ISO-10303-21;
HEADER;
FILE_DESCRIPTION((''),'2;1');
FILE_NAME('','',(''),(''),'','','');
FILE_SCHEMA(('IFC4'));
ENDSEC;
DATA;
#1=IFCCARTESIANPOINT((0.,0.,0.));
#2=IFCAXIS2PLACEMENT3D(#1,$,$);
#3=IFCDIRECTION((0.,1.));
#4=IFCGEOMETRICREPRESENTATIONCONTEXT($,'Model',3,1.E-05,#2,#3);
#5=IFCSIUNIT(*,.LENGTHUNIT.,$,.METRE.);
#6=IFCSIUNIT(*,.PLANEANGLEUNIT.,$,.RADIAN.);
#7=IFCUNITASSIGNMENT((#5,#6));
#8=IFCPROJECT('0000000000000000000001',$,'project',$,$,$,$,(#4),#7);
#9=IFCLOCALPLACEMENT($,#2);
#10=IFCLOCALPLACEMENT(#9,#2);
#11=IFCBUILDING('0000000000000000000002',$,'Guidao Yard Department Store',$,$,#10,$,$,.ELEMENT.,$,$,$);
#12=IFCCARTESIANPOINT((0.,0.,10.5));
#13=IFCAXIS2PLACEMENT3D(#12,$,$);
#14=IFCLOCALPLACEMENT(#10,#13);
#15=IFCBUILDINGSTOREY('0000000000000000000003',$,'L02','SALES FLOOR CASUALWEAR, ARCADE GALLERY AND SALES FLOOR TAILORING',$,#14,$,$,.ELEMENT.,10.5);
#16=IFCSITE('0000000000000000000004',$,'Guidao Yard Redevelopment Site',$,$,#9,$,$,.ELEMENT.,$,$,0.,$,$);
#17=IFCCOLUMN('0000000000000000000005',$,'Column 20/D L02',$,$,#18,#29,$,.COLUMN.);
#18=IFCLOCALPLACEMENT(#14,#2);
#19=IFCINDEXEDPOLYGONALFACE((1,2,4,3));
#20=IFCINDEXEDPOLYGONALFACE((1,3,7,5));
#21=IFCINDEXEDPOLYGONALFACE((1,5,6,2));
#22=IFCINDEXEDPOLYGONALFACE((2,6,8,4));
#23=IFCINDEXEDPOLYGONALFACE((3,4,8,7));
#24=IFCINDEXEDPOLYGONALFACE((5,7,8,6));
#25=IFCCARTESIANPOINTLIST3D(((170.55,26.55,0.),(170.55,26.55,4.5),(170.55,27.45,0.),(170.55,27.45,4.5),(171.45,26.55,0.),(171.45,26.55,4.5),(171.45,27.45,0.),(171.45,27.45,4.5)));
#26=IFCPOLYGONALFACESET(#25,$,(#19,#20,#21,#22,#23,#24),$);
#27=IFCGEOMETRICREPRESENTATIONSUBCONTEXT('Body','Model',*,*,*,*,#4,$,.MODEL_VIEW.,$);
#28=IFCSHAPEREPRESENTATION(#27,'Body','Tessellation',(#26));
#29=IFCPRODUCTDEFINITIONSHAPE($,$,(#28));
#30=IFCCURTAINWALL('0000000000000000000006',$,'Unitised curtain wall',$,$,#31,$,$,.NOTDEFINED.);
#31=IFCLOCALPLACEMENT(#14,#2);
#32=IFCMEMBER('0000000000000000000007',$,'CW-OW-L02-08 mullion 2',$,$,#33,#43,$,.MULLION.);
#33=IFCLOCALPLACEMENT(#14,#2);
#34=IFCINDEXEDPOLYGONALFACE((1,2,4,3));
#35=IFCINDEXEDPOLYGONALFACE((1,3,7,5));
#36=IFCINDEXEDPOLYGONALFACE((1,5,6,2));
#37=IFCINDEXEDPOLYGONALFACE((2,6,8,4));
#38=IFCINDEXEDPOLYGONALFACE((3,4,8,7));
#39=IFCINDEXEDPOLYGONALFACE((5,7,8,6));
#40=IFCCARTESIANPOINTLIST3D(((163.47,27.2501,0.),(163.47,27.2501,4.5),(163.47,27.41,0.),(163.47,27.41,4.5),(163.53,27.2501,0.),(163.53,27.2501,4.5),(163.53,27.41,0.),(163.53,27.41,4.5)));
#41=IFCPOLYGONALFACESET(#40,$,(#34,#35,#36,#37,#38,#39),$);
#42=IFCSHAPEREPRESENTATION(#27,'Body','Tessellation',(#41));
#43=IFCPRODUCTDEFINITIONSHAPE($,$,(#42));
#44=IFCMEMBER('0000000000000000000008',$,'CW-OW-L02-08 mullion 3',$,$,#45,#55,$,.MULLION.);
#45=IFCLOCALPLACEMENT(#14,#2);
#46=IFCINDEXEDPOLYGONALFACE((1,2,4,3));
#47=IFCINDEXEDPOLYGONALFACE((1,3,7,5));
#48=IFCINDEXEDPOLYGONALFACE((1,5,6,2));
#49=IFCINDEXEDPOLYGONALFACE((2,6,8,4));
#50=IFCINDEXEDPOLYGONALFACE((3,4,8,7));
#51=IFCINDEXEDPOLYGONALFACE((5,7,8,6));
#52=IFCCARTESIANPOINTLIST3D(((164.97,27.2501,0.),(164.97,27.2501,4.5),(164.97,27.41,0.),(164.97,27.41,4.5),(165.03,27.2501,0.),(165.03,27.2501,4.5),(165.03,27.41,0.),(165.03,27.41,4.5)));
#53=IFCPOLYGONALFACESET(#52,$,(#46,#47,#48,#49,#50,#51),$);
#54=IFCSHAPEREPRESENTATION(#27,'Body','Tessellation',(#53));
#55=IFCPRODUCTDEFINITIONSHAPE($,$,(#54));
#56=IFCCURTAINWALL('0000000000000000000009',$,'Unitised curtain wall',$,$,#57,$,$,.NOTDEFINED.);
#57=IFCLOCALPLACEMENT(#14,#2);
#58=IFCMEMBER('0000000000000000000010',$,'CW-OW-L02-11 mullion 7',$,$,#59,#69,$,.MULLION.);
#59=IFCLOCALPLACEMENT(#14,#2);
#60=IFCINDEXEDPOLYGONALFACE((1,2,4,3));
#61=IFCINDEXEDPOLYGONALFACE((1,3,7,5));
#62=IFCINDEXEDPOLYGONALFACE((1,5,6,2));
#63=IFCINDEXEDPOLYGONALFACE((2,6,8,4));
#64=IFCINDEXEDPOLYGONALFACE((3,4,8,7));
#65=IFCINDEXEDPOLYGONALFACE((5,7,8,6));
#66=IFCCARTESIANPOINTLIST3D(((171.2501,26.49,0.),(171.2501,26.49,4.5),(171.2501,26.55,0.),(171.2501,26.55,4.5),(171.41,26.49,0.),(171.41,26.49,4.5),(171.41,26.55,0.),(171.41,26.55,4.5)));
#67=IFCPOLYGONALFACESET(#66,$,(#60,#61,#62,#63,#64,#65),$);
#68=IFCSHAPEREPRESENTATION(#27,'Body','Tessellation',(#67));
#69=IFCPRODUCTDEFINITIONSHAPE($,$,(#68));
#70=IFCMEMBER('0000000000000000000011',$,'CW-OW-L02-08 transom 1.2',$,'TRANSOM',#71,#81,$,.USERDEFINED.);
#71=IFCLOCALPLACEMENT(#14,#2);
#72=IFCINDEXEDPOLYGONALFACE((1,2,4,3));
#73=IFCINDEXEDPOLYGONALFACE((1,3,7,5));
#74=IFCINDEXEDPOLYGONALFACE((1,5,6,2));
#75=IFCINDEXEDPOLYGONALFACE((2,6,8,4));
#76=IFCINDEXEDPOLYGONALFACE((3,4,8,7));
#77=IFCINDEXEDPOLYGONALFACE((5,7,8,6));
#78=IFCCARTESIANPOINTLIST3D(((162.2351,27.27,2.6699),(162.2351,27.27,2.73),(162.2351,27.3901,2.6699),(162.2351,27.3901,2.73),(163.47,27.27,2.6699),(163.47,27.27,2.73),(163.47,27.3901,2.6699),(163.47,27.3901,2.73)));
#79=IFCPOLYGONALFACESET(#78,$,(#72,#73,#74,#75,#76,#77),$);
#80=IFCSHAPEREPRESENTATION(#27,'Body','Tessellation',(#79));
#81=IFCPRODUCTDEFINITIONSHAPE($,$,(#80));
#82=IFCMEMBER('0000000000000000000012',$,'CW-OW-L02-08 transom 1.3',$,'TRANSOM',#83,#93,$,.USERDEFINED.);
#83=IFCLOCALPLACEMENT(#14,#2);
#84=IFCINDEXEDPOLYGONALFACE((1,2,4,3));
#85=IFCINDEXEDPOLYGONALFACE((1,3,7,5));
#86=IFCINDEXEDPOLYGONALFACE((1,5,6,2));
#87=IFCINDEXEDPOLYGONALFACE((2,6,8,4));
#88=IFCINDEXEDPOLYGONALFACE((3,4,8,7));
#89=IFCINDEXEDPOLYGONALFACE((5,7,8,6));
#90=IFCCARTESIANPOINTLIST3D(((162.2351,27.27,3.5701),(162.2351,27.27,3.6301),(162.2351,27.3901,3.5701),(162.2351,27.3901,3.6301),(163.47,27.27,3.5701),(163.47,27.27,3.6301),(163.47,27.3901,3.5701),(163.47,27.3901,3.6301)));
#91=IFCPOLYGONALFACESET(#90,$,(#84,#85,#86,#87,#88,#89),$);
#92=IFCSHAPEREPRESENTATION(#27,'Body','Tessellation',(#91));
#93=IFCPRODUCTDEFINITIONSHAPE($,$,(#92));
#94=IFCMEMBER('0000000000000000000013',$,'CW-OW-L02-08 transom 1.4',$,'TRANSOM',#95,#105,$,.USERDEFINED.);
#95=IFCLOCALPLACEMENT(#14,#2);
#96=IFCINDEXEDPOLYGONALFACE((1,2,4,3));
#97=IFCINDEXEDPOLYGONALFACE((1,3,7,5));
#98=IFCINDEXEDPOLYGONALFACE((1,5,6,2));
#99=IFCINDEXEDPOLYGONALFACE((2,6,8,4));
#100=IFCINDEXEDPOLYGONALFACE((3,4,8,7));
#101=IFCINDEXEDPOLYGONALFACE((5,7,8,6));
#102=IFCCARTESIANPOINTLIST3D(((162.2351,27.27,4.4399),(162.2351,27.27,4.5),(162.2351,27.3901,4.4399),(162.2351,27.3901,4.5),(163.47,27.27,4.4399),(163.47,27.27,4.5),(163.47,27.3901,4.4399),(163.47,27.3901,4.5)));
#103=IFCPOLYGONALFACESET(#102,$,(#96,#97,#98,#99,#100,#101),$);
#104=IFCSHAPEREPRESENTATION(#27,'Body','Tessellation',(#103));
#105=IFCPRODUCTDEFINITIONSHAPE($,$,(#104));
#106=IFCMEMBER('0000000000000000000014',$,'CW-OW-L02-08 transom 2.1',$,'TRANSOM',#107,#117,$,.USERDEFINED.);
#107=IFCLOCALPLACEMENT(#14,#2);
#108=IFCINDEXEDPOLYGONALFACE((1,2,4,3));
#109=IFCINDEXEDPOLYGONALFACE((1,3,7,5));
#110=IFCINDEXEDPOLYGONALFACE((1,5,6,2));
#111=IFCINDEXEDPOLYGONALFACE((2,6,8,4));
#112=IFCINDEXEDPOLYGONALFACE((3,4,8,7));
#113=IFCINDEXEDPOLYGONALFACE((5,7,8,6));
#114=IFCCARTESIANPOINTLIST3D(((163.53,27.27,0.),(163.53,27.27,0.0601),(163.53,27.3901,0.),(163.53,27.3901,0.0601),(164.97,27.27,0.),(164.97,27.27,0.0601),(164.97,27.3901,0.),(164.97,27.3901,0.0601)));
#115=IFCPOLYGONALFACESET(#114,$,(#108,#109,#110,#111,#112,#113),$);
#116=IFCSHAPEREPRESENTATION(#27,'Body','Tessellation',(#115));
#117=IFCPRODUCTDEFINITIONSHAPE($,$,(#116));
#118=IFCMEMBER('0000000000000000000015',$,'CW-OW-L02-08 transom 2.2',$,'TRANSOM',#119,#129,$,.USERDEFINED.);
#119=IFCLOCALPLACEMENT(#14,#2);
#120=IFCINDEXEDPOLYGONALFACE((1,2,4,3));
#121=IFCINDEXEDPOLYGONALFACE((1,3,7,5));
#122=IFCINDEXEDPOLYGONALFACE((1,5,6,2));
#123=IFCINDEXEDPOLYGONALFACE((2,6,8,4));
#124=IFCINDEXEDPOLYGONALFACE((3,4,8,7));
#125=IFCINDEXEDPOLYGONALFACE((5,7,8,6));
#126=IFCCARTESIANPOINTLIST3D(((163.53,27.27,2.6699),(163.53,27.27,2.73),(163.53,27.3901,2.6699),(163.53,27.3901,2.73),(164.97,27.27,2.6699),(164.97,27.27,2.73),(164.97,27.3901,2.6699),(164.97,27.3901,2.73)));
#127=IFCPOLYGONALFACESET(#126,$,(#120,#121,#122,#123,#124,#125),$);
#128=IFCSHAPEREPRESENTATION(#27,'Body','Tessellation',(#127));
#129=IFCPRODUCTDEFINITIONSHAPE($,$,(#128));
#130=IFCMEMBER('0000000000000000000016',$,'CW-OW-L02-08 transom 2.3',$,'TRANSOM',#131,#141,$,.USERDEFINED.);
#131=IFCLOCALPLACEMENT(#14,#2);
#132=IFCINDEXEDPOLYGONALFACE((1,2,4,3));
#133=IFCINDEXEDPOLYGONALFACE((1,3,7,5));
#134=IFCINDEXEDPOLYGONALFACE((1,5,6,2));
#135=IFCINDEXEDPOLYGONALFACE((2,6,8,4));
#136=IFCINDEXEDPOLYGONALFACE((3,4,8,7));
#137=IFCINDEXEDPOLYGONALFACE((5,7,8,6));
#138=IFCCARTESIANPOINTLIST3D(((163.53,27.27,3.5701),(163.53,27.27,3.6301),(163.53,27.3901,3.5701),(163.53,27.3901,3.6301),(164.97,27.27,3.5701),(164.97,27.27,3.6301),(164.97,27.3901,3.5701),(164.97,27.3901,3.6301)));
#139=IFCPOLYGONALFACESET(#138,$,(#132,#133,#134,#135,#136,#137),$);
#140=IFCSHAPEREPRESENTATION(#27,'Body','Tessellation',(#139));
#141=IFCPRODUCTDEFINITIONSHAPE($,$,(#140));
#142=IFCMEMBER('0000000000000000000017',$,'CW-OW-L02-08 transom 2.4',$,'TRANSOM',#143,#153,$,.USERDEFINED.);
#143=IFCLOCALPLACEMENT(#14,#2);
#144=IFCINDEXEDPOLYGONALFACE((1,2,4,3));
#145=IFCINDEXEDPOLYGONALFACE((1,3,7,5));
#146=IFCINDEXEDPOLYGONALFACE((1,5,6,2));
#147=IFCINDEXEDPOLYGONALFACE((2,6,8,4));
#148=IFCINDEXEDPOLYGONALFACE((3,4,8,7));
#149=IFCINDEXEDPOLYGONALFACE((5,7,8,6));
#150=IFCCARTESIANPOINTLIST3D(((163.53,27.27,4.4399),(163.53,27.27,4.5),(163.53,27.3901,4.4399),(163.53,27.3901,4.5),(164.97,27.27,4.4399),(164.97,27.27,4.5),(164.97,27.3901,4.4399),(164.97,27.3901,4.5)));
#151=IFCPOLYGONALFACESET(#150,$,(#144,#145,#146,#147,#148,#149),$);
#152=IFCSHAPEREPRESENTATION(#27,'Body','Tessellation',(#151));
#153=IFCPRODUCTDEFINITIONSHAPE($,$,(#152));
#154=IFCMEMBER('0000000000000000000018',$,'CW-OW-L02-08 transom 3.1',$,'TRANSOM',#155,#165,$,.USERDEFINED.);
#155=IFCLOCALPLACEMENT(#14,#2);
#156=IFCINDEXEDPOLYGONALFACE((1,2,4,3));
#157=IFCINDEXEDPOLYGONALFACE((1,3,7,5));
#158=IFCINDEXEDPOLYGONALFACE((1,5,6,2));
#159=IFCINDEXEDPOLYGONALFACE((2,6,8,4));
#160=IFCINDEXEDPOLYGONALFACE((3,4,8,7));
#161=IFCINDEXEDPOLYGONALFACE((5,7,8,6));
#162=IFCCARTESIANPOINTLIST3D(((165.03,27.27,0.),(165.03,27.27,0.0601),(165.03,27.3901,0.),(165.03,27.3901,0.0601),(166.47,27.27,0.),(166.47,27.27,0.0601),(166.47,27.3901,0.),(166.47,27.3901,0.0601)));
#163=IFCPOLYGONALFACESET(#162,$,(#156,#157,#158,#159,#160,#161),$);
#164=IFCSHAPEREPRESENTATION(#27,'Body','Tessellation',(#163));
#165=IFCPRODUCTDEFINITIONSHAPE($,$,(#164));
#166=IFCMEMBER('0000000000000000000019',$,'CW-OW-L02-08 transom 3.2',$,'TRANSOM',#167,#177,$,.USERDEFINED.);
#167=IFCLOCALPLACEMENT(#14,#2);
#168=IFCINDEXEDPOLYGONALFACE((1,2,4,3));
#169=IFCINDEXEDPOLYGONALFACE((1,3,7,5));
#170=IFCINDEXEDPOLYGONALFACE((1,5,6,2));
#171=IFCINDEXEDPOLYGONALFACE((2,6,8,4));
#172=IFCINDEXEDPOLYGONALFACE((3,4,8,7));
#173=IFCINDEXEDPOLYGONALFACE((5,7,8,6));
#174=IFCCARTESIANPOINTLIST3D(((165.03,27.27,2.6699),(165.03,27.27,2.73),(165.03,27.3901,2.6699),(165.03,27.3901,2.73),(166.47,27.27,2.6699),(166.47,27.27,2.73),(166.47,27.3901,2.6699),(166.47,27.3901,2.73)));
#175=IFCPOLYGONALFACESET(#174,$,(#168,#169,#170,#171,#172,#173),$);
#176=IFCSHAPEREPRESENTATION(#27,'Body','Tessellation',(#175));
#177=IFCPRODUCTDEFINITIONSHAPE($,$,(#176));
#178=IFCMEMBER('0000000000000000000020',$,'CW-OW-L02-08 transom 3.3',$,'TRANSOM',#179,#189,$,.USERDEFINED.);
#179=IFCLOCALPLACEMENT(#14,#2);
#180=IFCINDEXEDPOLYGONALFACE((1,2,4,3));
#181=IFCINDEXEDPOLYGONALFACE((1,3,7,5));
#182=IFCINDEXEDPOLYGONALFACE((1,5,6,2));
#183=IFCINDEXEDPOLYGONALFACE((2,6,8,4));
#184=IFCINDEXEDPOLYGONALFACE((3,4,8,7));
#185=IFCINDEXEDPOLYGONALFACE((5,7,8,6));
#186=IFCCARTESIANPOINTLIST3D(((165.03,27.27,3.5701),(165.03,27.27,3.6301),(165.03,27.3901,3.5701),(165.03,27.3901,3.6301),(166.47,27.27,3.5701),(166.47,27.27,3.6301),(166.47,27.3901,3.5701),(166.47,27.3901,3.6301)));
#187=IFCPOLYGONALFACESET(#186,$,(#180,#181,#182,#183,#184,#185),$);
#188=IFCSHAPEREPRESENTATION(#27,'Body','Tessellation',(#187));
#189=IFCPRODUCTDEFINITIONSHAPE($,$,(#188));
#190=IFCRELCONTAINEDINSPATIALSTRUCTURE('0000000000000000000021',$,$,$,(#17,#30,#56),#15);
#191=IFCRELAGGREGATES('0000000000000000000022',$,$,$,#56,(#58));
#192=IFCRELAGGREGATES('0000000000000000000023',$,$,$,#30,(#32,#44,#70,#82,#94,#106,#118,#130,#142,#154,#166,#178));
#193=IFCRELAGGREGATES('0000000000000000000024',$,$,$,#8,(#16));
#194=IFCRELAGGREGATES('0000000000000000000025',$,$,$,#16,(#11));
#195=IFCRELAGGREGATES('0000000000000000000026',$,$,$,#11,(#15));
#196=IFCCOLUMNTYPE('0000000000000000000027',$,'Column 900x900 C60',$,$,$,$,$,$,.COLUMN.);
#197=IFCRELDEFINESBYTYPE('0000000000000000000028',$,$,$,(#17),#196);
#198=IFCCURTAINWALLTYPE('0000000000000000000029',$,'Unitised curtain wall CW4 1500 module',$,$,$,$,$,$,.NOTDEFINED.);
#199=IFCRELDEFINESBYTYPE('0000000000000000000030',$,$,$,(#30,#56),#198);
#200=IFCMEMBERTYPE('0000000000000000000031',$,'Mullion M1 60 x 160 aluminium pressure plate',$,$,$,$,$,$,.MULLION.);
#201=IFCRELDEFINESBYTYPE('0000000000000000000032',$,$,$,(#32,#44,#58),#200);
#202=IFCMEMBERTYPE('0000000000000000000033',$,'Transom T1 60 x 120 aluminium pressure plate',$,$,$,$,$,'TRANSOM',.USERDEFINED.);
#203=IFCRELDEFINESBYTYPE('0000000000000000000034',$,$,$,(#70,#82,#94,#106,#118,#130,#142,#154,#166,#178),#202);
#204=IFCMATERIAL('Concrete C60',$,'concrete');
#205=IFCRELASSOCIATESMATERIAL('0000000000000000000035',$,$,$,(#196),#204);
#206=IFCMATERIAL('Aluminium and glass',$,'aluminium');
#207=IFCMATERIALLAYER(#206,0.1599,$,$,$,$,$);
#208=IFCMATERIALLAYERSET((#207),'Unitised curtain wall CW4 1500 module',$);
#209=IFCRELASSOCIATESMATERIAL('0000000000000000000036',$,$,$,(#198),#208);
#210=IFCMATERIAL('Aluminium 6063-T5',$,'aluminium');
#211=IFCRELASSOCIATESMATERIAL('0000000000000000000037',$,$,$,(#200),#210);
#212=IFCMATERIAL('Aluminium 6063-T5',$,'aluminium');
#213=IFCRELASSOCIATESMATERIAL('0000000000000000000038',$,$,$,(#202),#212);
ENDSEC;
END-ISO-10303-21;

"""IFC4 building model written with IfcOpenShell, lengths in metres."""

from ifc_helpers import new_model, si_unit, direction, frame, origin, origin_2d, place, context, subcontext, project, spatial, rectangle, extrude, material, layer, layer_set, material_profile, profile_set, type_object, element, aggregate, save


model = new_model("IFC4")

# Units and contexts
model_context = context("Model", 3, precision=1e-05, world=origin(), true_north=direction((0.0, 1.0)))
body_context = subcontext(model_context, "Body", "Model", "MODEL_VIEW")
ifc_project = project(units=[si_unit("LENGTHUNIT", "METRE"), si_unit("PLANEANGLEUNIT", "RADIAN")], contexts=[model_context])

# Site, building, storey
site_placement = place(None, origin())
site = spatial("IfcSite", under=ifc_project, at=site_placement, Name="Guidao Yard Redevelopment Site", CompositionType="ELEMENT", RefElevation=0.0)
building_placement = place(site_placement, origin())
building = spatial("IfcBuilding", under=site, at=building_placement, Name="Guidao Yard Department Store", CompositionType="ELEMENT")
storey_placement = place(building_placement, frame((0.0, 0.0, 10.5)))
storey = spatial("IfcBuildingStorey", under=building, at=storey_placement, Name="L02", Description="SALES FLOOR CASUALWEAR, ARCADE GALLERY AND SALES FLOOR TAILORING", CompositionType="ELEMENT", Elevation=10.5)

# Column
ifc_material_1 = material(Name="Concrete C60", Category="concrete")
ifc_material_profile_1 = material_profile(ifc_material_1, rectangle(XDim=0.8999, YDim=0.8999, at=origin_2d()), Name="COL 900x900")
ifc_profile_set_1 = profile_set([ifc_material_profile_1], Name="Concrete C60")
column_type = type_object("IfcColumnType", Name="Column 900x900 C60", PredefinedType="COLUMN", material=ifc_profile_set_1)
column_placement = place(storey_placement, frame((171.0, 27.0, 0.0), z_axis=(0.0, 0.0, 1.0), x_axis=(1.0, 0.0, 0.0)))
element("IfcColumn", 1, at=column_placement, inside=storey, type_object=column_type, Name="Column 20/D L02", PredefinedType="COLUMN", context=body_context, shape_type="SweptSolid", body=[
    extrude(rectangle(XDim=0.8999, YDim=0.8999, at=origin_2d()), origin(), (0.0, 0.0, 1.0), 4.5),
])

# Curtain wall, members
ifc_material_2 = material(Name="Aluminium and glass", Category="aluminium")
ifc_layer_1 = layer(ifc_material_2, 0.1599)
ifc_layer_set_1 = layer_set([ifc_layer_1], Name="Unitised curtain wall CW4 1500 module")
curtain_wall_type = type_object("IfcCurtainWallType", Name="Unitised curtain wall CW4 1500 module", PredefinedType="NOTDEFINED", material=ifc_layer_set_1)
curtain_wall_1_placement = place(storey_placement, origin())
curtain_wall_1 = element("IfcCurtainWall", 2, at=curtain_wall_1_placement, inside=storey, type_object=curtain_wall_type, Name="Unitised curtain wall", PredefinedType="NOTDEFINED")
ifc_material_3 = material(Name="Aluminium 6063-T5", Category="aluminium")
ifc_material_profile_2 = material_profile(ifc_material_3, rectangle(XDim=0.0601, YDim=0.1599, at=origin_2d()), Name="Mullion M1 60 x 160 aluminium pressure plate")
ifc_profile_set_2 = profile_set([ifc_material_profile_2], Name="Aluminium 6063-T5")
member_type_1 = type_object("IfcMemberType", Name="Mullion M1 60 x 160 aluminium pressure plate", PredefinedType="MULLION", material=ifc_profile_set_2)
member_1_placement = place(storey_placement, frame((163.5, 27.3301, 0.0), z_axis=(0.0, 0.0, 1.0), x_axis=(1.0, 0.0, 0.0)))
member_1 = element("IfcMember", 3, at=member_1_placement, type_object=member_type_1, Name="CW-OW-L02-08 mullion 2", PredefinedType="MULLION", context=body_context, shape_type="SweptSolid", body=[
    extrude(rectangle(XDim=0.0601, YDim=0.1599, at=origin_2d()), origin(), (0.0, 0.0, 1.0), 4.5),
])
member_2_placement = place(storey_placement, frame((165.0, 27.3301, 0.0), z_axis=(0.0, 0.0, 1.0), x_axis=(1.0, 0.0, 0.0)))
member_2 = element("IfcMember", 4, at=member_2_placement, type_object=member_type_1, Name="CW-OW-L02-08 mullion 3", PredefinedType="MULLION", context=body_context, shape_type="SweptSolid", body=[
    extrude(rectangle(XDim=0.0601, YDim=0.1599, at=origin_2d()), origin(), (0.0, 0.0, 1.0), 4.5),
])

# Curtain wall, member
curtain_wall_2_placement = place(storey_placement, origin())
curtain_wall_2 = element("IfcCurtainWall", 5, at=curtain_wall_2_placement, inside=storey, type_object=curtain_wall_type, Name="Unitised curtain wall", PredefinedType="NOTDEFINED")
member_3_placement = place(storey_placement, frame((171.3301, 26.52, 0.0), z_axis=(0.0, 0.0, 1.0), x_axis=(0.0, -1.0, 0.0)))
member_3 = element("IfcMember", 6, at=member_3_placement, type_object=member_type_1, Name="CW-OW-L02-11 mullion 7", PredefinedType="MULLION", context=body_context, shape_type="SweptSolid", body=[
    extrude(rectangle(XDim=0.0601, YDim=0.1599, at=origin_2d()), origin(), (0.0, 0.0, 1.0), 4.5),
])

# Members
ifc_material_4 = material(Name="Aluminium 6063-T5", Category="aluminium")
ifc_material_profile_3 = material_profile(ifc_material_4, rectangle(XDim=0.1201, YDim=0.0601, at=origin_2d()), Name="Transom T1 60 x 120 aluminium pressure plate")
ifc_profile_set_3 = profile_set([ifc_material_profile_3], Name="Aluminium 6063-T5")
member_type_2 = type_object("IfcMemberType", Name="Transom T1 60 x 120 aluminium pressure plate", ElementType="TRANSOM", PredefinedType="USERDEFINED", material=ifc_profile_set_3)
member_4_placement = place(storey_placement, frame((162.2351, 27.3301, 2.7), z_axis=(1.0, 0.0, 0.0), x_axis=(0.0, 1.0, 0.0)))
member_4 = element("IfcMember", 7, at=member_4_placement, type_object=member_type_2, Name="CW-OW-L02-08 transom 1.2", ObjectType="TRANSOM", PredefinedType="USERDEFINED", context=body_context, shape_type="SweptSolid", body=[
    extrude(rectangle(XDim=0.1201, YDim=0.0601, at=origin_2d()), origin(), (0.0, 0.0, 1.0), 1.2349),
])
member_5_placement = place(storey_placement, frame((162.2351, 27.3301, 3.6001), z_axis=(1.0, 0.0, 0.0), x_axis=(0.0, 1.0, 0.0)))
member_5 = element("IfcMember", 8, at=member_5_placement, type_object=member_type_2, Name="CW-OW-L02-08 transom 1.3", ObjectType="TRANSOM", PredefinedType="USERDEFINED", context=body_context, shape_type="SweptSolid", body=[
    extrude(rectangle(XDim=0.1201, YDim=0.0601, at=origin_2d()), origin(), (0.0, 0.0, 1.0), 1.2349),
])
member_6_placement = place(storey_placement, frame((162.2351, 27.3301, 4.47), z_axis=(1.0, 0.0, 0.0), x_axis=(0.0, 1.0, 0.0)))
member_6 = element("IfcMember", 9, at=member_6_placement, type_object=member_type_2, Name="CW-OW-L02-08 transom 1.4", ObjectType="TRANSOM", PredefinedType="USERDEFINED", context=body_context, shape_type="SweptSolid", body=[
    extrude(rectangle(XDim=0.1201, YDim=0.0601, at=origin_2d()), origin(), (0.0, 0.0, 1.0), 1.2349),
])
member_7_placement = place(storey_placement, frame((163.53, 27.3301, 0.03), z_axis=(1.0, 0.0, 0.0), x_axis=(0.0, 1.0, 0.0)))
member_7 = element("IfcMember", 10, at=member_7_placement, type_object=member_type_2, Name="CW-OW-L02-08 transom 2.1", ObjectType="TRANSOM", PredefinedType="USERDEFINED", context=body_context, shape_type="SweptSolid", body=[
    extrude(rectangle(XDim=0.1201, YDim=0.0601, at=origin_2d()), origin(), (0.0, 0.0, 1.0), 1.4399),
])
member_8_placement = place(storey_placement, frame((163.53, 27.3301, 2.7), z_axis=(1.0, 0.0, 0.0), x_axis=(0.0, 1.0, 0.0)))
member_8 = element("IfcMember", 11, at=member_8_placement, type_object=member_type_2, Name="CW-OW-L02-08 transom 2.2", ObjectType="TRANSOM", PredefinedType="USERDEFINED", context=body_context, shape_type="SweptSolid", body=[
    extrude(rectangle(XDim=0.1201, YDim=0.0601, at=origin_2d()), origin(), (0.0, 0.0, 1.0), 1.4399),
])
member_9_placement = place(storey_placement, frame((163.53, 27.3301, 3.6001), z_axis=(1.0, 0.0, 0.0), x_axis=(0.0, 1.0, 0.0)))
member_9 = element("IfcMember", 12, at=member_9_placement, type_object=member_type_2, Name="CW-OW-L02-08 transom 2.3", ObjectType="TRANSOM", PredefinedType="USERDEFINED", context=body_context, shape_type="SweptSolid", body=[
    extrude(rectangle(XDim=0.1201, YDim=0.0601, at=origin_2d()), origin(), (0.0, 0.0, 1.0), 1.4399),
])
member_10_placement = place(storey_placement, frame((163.53, 27.3301, 4.47), z_axis=(1.0, 0.0, 0.0), x_axis=(0.0, 1.0, 0.0)))
member_10 = element("IfcMember", 13, at=member_10_placement, type_object=member_type_2, Name="CW-OW-L02-08 transom 2.4", ObjectType="TRANSOM", PredefinedType="USERDEFINED", context=body_context, shape_type="SweptSolid", body=[
    extrude(rectangle(XDim=0.1201, YDim=0.0601, at=origin_2d()), origin(), (0.0, 0.0, 1.0), 1.4399),
])
member_11_placement = place(storey_placement, frame((165.03, 27.3301, 0.03), z_axis=(1.0, 0.0, 0.0), x_axis=(0.0, 1.0, 0.0)))
member_11 = element("IfcMember", 14, at=member_11_placement, type_object=member_type_2, Name="CW-OW-L02-08 transom 3.1", ObjectType="TRANSOM", PredefinedType="USERDEFINED", context=body_context, shape_type="SweptSolid", body=[
    extrude(rectangle(XDim=0.1201, YDim=0.0601, at=origin_2d()), origin(), (0.0, 0.0, 1.0), 1.4399),
])
member_12_placement = place(storey_placement, frame((165.03, 27.3301, 2.7), z_axis=(1.0, 0.0, 0.0), x_axis=(0.0, 1.0, 0.0)))
member_12 = element("IfcMember", 15, at=member_12_placement, type_object=member_type_2, Name="CW-OW-L02-08 transom 3.2", ObjectType="TRANSOM", PredefinedType="USERDEFINED", context=body_context, shape_type="SweptSolid", body=[
    extrude(rectangle(XDim=0.1201, YDim=0.0601, at=origin_2d()), origin(), (0.0, 0.0, 1.0), 1.4399),
])
member_13_placement = place(storey_placement, frame((165.03, 27.3301, 3.6001), z_axis=(1.0, 0.0, 0.0), x_axis=(0.0, 1.0, 0.0)))
member_13 = element("IfcMember", 16, at=member_13_placement, type_object=member_type_2, Name="CW-OW-L02-08 transom 3.3", ObjectType="TRANSOM", PredefinedType="USERDEFINED", context=body_context, shape_type="SweptSolid", body=[
    extrude(rectangle(XDim=0.1201, YDim=0.0601, at=origin_2d()), origin(), (0.0, 0.0, 1.0), 1.4399),
])

aggregate(curtain_wall_2, [member_3])
aggregate(curtain_wall_1, [member_1, member_2, member_4, member_5, member_6, member_7, member_8, member_9, member_10, member_11, member_12, member_13])

save(model, "model.ifc")
